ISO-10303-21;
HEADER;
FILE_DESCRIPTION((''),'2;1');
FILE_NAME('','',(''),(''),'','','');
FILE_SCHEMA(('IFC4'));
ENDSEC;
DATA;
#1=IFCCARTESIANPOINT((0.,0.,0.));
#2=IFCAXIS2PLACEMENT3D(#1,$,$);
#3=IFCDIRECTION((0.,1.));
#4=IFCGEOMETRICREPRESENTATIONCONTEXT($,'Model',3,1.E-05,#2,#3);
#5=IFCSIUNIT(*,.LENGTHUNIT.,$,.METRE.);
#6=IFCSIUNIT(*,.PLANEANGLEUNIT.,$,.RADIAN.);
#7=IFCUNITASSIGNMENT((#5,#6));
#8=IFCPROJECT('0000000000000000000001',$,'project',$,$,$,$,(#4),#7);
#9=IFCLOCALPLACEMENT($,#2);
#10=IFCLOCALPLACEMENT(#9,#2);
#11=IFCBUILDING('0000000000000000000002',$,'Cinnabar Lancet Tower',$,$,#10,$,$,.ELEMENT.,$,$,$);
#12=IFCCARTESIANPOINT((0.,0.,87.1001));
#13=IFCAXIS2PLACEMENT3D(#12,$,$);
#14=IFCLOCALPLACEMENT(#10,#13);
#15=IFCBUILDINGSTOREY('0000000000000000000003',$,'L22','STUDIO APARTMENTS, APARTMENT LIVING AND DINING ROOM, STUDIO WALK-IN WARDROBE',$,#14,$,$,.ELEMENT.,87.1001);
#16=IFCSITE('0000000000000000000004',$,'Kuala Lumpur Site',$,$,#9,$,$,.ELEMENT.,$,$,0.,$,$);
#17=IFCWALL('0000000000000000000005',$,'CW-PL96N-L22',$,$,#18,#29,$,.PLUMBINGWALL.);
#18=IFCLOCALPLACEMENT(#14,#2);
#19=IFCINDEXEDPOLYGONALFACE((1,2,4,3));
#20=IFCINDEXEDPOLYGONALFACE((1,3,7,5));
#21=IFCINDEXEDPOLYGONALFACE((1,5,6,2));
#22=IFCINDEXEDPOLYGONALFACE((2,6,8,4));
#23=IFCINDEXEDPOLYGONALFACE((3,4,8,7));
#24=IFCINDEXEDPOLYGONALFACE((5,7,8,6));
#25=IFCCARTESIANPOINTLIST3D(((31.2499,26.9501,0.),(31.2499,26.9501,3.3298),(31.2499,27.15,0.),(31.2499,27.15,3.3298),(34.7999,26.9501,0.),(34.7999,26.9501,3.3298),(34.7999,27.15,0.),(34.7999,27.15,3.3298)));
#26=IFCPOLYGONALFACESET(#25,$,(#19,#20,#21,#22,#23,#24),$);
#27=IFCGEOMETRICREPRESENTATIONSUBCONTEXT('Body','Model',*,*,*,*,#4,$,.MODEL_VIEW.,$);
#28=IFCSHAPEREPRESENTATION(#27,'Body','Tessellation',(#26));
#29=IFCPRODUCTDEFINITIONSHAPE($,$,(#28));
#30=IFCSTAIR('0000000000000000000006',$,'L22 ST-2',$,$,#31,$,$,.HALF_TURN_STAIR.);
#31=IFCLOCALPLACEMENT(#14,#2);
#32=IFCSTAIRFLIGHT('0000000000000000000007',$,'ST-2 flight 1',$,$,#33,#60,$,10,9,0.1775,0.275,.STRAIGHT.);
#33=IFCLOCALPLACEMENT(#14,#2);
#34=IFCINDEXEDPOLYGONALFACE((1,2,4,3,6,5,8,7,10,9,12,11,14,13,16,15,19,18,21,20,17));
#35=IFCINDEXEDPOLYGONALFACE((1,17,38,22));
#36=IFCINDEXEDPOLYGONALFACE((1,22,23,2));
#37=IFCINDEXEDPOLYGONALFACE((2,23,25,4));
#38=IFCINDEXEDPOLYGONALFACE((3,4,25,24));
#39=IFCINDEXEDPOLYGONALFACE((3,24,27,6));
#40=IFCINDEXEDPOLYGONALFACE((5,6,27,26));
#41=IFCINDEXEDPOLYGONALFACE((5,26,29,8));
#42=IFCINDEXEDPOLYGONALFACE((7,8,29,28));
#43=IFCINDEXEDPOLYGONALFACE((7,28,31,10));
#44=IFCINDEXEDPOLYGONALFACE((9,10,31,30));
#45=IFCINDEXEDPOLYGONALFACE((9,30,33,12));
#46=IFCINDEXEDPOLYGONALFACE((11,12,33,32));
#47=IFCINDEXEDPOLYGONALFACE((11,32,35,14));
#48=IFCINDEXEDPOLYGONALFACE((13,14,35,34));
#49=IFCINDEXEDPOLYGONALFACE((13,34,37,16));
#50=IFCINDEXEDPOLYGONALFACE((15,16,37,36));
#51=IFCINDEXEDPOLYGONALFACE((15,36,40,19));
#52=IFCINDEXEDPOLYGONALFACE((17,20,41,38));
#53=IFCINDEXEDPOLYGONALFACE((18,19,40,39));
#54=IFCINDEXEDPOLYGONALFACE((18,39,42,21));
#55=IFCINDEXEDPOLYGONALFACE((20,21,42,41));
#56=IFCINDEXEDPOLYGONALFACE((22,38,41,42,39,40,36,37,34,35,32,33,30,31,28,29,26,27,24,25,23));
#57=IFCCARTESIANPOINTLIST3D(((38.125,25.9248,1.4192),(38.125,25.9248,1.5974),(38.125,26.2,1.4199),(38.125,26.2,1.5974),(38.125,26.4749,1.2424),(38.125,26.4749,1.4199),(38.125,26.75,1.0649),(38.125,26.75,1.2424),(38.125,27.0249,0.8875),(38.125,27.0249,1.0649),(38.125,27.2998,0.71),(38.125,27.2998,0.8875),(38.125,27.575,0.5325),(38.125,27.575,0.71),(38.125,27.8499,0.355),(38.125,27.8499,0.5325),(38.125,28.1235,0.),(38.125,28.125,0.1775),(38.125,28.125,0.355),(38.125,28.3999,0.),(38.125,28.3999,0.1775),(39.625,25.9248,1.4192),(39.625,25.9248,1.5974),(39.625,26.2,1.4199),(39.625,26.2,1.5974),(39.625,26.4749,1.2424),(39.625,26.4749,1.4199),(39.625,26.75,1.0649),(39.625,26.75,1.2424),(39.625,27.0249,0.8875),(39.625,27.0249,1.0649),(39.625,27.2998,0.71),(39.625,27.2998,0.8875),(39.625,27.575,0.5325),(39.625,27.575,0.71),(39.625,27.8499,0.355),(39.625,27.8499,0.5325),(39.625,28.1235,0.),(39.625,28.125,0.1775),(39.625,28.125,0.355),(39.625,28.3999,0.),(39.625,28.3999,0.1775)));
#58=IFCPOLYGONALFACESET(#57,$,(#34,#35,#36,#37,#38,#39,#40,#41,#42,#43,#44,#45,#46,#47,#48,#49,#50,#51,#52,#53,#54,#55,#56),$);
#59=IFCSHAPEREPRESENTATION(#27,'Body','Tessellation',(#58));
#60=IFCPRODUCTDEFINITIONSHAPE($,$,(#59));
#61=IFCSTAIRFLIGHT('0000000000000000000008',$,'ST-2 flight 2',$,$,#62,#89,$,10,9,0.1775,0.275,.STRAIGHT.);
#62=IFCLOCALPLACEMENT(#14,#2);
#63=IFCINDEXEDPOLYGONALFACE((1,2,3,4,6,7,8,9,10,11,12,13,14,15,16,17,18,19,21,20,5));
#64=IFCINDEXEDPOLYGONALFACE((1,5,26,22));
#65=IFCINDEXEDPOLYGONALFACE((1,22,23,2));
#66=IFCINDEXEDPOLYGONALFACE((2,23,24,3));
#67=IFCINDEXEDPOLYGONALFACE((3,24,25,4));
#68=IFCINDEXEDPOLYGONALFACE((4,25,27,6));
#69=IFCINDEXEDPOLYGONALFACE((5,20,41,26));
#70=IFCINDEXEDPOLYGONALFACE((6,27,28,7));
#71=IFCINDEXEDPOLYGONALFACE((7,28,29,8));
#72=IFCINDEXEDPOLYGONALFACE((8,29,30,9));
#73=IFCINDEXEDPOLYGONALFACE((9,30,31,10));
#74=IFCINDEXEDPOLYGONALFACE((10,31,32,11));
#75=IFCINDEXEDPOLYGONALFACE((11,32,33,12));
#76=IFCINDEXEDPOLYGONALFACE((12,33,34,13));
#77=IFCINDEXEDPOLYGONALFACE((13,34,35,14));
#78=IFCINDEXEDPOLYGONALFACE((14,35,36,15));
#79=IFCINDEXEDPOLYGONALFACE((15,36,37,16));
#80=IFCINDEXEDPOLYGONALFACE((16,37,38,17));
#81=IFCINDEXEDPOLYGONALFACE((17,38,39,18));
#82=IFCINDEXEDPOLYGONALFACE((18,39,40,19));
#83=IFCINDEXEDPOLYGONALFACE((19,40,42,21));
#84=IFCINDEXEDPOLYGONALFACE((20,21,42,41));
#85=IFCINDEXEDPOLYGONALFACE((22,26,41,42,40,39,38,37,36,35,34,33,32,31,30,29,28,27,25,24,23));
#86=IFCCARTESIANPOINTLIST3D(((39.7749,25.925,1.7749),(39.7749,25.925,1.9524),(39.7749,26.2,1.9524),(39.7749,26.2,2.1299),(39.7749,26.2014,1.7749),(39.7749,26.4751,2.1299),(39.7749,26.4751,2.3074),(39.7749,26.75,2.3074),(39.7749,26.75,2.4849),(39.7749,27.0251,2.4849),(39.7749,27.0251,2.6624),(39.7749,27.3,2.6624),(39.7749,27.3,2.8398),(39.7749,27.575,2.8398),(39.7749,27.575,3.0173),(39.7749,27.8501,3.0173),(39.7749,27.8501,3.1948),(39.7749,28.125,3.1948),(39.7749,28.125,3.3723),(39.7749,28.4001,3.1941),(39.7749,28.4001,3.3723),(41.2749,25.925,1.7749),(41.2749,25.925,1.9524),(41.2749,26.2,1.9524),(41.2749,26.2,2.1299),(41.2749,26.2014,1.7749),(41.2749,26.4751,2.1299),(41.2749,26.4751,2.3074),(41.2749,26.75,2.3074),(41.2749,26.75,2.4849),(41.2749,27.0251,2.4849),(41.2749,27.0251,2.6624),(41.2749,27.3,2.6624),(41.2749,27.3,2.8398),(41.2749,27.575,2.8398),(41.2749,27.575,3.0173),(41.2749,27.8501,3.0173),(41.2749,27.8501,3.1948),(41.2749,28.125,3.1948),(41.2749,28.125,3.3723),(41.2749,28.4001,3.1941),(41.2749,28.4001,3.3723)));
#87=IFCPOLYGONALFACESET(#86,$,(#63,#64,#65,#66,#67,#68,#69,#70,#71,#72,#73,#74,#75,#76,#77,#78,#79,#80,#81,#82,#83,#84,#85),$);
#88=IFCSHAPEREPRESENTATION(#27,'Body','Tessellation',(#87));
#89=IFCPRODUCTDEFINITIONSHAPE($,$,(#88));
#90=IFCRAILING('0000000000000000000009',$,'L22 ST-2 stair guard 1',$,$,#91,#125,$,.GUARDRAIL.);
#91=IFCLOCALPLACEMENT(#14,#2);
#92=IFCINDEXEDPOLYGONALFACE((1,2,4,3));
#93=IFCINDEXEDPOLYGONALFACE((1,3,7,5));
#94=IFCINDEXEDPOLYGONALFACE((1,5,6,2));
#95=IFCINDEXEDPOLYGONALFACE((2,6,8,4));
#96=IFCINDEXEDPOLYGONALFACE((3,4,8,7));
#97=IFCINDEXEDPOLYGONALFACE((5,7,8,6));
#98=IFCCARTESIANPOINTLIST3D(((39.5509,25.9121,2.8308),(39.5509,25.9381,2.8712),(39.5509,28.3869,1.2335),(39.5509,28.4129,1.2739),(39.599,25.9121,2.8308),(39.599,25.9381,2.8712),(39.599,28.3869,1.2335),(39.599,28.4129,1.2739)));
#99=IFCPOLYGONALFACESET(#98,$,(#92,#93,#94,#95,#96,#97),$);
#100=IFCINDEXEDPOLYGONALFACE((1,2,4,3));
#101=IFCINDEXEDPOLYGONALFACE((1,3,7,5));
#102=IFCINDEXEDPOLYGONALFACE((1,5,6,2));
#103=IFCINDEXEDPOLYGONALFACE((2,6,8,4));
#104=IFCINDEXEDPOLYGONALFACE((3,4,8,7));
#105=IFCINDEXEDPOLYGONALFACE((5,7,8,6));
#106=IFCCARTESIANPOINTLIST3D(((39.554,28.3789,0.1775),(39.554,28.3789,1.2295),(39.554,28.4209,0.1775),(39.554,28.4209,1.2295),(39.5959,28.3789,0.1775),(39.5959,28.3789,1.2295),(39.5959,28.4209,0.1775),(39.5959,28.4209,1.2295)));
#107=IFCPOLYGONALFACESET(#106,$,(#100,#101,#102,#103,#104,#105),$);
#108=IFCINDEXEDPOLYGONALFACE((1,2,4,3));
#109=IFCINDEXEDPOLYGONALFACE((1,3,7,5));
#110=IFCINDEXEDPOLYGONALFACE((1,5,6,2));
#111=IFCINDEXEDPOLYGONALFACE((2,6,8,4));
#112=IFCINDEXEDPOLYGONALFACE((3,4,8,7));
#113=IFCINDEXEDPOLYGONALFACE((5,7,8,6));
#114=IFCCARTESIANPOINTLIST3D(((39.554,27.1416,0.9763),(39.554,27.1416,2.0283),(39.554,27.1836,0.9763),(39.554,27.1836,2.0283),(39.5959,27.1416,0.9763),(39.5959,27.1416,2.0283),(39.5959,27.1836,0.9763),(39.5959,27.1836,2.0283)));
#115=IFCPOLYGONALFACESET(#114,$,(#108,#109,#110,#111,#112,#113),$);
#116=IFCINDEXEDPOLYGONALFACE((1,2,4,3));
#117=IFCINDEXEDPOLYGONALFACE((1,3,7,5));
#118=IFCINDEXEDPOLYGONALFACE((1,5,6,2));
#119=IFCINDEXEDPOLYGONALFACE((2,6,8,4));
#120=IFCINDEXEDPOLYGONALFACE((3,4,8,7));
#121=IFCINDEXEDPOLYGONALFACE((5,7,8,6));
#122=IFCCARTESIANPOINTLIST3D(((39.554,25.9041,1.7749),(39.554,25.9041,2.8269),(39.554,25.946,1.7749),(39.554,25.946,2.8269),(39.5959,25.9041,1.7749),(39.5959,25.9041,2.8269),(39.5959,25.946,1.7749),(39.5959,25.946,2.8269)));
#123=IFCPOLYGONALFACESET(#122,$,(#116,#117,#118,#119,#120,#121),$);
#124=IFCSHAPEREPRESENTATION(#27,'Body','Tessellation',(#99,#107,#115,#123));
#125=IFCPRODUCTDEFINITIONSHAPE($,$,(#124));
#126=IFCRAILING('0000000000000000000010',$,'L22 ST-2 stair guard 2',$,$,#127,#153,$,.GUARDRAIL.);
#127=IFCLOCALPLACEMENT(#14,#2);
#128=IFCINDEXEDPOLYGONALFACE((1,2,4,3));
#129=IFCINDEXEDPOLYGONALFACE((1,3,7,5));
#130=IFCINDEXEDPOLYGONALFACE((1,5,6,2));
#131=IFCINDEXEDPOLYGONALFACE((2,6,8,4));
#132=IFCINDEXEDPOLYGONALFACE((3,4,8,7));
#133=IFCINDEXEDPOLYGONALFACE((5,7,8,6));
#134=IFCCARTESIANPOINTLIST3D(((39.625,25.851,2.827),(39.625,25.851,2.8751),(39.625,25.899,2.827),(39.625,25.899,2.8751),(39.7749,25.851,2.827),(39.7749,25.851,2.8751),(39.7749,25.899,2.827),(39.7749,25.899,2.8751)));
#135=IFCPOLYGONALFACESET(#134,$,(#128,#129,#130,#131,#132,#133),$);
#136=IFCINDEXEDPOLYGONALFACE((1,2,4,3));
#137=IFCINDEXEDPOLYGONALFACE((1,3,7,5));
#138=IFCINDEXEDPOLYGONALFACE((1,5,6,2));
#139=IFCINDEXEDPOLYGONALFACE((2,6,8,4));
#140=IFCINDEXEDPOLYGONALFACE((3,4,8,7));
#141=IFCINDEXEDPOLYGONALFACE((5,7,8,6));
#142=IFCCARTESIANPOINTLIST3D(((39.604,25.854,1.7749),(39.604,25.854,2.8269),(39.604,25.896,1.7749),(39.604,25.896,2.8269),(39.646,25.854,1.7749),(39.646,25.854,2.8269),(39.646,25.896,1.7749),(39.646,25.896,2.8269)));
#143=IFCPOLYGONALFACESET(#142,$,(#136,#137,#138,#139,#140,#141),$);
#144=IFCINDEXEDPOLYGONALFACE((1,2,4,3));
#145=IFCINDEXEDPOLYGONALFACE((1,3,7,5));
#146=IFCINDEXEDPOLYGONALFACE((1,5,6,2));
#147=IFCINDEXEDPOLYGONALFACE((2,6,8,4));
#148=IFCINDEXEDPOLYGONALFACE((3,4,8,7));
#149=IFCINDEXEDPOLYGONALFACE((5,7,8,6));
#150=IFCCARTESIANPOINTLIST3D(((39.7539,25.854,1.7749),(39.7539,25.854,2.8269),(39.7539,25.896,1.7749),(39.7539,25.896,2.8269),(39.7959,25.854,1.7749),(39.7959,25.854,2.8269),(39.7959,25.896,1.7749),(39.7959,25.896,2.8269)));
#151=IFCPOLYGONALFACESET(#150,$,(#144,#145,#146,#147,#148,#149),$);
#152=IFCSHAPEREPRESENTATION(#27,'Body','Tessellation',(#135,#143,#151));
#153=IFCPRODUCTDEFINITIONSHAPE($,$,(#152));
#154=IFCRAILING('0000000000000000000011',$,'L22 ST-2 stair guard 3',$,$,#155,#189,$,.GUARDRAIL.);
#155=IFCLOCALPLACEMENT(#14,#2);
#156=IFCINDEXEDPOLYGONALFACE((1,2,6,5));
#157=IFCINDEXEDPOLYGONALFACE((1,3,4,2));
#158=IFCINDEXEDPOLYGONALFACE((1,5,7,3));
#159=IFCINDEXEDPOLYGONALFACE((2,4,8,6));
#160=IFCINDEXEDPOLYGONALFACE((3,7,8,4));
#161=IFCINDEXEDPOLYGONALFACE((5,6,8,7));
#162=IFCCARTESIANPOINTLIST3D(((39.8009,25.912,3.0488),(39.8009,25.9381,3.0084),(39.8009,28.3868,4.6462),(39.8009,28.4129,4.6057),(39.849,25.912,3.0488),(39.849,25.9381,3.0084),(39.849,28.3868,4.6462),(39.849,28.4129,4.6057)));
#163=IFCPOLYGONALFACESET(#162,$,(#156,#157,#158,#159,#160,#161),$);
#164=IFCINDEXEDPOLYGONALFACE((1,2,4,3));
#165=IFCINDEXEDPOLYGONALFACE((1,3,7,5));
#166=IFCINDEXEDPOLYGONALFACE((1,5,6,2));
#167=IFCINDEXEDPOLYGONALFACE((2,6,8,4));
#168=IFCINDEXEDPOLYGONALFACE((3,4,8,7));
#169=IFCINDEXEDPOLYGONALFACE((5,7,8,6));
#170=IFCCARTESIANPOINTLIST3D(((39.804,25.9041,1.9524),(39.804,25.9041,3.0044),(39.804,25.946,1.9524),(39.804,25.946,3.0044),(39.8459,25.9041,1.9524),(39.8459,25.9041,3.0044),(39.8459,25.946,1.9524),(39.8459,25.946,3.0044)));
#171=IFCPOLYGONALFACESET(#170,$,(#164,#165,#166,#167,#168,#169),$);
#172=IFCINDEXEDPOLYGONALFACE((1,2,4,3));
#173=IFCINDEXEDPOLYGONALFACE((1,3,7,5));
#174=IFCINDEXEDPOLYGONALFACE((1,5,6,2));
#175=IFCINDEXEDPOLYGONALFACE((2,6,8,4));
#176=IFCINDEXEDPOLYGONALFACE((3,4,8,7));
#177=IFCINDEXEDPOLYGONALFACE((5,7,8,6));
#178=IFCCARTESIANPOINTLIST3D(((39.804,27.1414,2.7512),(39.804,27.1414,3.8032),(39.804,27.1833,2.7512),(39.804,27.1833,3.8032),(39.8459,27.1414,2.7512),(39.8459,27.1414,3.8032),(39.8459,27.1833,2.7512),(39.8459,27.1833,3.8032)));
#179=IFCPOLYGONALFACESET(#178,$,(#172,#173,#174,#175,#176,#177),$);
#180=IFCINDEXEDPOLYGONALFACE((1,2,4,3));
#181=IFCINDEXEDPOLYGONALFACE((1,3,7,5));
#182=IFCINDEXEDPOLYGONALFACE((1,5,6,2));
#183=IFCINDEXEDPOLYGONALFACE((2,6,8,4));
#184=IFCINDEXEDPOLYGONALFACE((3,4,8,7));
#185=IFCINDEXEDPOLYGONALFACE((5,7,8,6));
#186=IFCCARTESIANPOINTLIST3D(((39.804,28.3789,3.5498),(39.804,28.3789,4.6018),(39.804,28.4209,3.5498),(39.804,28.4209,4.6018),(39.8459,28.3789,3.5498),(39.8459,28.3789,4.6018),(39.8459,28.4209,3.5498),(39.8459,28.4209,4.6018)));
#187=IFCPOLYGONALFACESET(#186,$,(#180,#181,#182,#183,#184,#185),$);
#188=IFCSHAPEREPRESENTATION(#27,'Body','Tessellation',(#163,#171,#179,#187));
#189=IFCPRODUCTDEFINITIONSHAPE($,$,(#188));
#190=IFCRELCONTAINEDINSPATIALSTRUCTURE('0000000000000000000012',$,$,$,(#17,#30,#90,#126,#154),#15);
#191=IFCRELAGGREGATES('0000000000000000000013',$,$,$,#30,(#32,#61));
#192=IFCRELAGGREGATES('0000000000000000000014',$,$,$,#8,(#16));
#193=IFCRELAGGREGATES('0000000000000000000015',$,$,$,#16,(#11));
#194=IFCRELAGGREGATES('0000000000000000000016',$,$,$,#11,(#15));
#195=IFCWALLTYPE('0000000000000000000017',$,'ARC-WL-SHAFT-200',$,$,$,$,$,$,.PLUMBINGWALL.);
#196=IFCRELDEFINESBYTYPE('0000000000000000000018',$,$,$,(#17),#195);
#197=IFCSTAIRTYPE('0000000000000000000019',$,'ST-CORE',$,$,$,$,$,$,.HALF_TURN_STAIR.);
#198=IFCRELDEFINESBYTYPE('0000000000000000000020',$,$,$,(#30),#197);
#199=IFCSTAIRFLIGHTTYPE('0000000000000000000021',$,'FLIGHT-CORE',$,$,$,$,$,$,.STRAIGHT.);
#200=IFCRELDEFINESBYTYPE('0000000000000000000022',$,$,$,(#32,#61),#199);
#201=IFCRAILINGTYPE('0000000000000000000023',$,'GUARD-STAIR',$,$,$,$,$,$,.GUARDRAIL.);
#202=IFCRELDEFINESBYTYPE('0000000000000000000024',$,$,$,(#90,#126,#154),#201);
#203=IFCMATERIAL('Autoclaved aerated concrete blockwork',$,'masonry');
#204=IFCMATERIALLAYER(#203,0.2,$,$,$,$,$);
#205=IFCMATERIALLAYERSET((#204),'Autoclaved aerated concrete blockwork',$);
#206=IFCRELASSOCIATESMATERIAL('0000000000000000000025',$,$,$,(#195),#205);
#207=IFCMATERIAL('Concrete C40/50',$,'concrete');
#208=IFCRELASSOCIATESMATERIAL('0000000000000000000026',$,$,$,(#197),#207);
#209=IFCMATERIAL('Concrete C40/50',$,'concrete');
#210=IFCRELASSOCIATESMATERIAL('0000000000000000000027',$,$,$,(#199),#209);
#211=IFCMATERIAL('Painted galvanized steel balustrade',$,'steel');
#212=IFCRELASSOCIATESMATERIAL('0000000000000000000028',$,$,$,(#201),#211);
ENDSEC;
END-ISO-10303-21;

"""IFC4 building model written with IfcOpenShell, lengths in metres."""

from ifc_helpers import new_model, si_unit, direction, frame, frame_2d, origin, origin_2d, place, context, subcontext, project, spatial, polyline, rectangle, outline, extrude, material, layer, layer_set, type_object, element, aggregate, save


model = new_model("IFC4")

# Units and contexts
model_context = context("Model", 3, precision=1e-05, world=origin(), true_north=direction((0.0, 1.0)))
body_context = subcontext(model_context, "Body", "Model", "MODEL_VIEW")
ifc_project = project(units=[si_unit("LENGTHUNIT", "METRE"), si_unit("PLANEANGLEUNIT", "RADIAN")], contexts=[model_context])

# Site, building, storey
site_placement = place(None, origin())
site = spatial("IfcSite", under=ifc_project, at=site_placement, Name="Kuala Lumpur Site", CompositionType="ELEMENT", RefElevation=0.0)
building_placement = place(site_placement, origin())
building = spatial("IfcBuilding", under=site, at=building_placement, Name="Cinnabar Lancet Tower", CompositionType="ELEMENT")
storey_placement = place(building_placement, frame((0.0, 0.0, 87.1001)))
storey = spatial("IfcBuildingStorey", under=building, at=storey_placement, Name="L22", Description="STUDIO APARTMENTS, APARTMENT LIVING AND DINING ROOM, STUDIO WALK-IN WARDROBE", CompositionType="ELEMENT", Elevation=87.1001)

# Shared definitions
ifc_material_1 = material(Name="Autoclaved aerated concrete blockwork", Category="masonry")
ifc_layer = layer(ifc_material_1, 0.2)
ifc_layer_set = layer_set([ifc_layer], Name="Autoclaved aerated concrete blockwork")
wall_type = type_object("IfcWallType", Name="ARC-WL-SHAFT-200", PredefinedType="PLUMBINGWALL", material=ifc_layer_set)

# Wall
wall_1_placement = place(storey_placement, frame((31.25, 27.05, 0.0), z_axis=(0.0, 0.0, 1.0), x_axis=(1.0, 0.0, 0.0)))
element("IfcWall", 1, at=wall_1_placement, inside=storey, type_object=wall_type, Name="CW-PL96N-L22", PredefinedType="PLUMBINGWALL", context=body_context, shape_type="SweptSolid", body=[
    extrude(rectangle(XDim=3.55, YDim=0.2, at=frame_2d((1.7749, 0.0))), origin(), (0.0, 0.0, 1.0), 3.3298),
])

# Stair, stair flights
ifc_material_2 = material(Name="Concrete C40/50", Category="concrete")
stair_type = type_object("IfcStairType", Name="ST-CORE", PredefinedType="HALF_TURN_STAIR", material=ifc_material_2)
stair_placement = place(storey_placement, origin())
stair = element("IfcStair", 2, at=stair_placement, inside=storey, type_object=stair_type, Name="L22 ST-2", PredefinedType="HALF_TURN_STAIR")
ifc_material_3 = material(Name="Concrete C40/50", Category="concrete")
stair_flight_type = type_object("IfcStairFlightType", Name="FLIGHT-CORE", PredefinedType="STRAIGHT", material=ifc_material_3)
stair_flight_1_placement = place(storey_placement, frame((38.875, 28.3999, 0.0), z_axis=(0.0, 0.0, 1.0), x_axis=(0.0, -1.0, 0.0)))
stair_flight_1 = element("IfcStairFlight", 3, at=stair_flight_1_placement, type_object=stair_flight_type, Name="ST-2 flight 1", NumberOfRisers=10, NumberOfTreads=9, PredefinedType="STRAIGHT", RiserHeight=0.1775, TreadLength=0.275, context=body_context, shape_type="SweptSolid", body=[
    extrude(outline(polyline([(0.0, 0.0), (0.0, 0.1775), (0.2749, 0.1775), (0.2749, 0.355), (0.55, 0.355), (0.55, 0.5325), (0.825, 0.5325), (0.825, 0.71), (1.1001, 0.71), (1.1001, 0.8875), (1.375, 0.8875), (1.375, 1.0649), (1.6499, 1.0649), (1.6499, 1.2424), (1.925, 1.2424), (1.925, 1.4199), (2.2, 1.4199), (2.2, 1.5974), (2.4751, 1.5974), (2.4751, 1.7749), (2.4751, 1.4192), (0.2764, 0.0), (0.0, 0.0)])), frame((0.0, 0.75, 0.0), z_axis=(0.0, -1.0, 0.0), x_axis=(1.0, 0.0, 0.0)), (0.0, 0.0, 1.0), 1.5),
])
stair_flight_2_placement = place(storey_placement, frame((40.5249, 25.925, 1.7749), z_axis=(0.0, 0.0, 1.0), x_axis=(0.0, 1.0, 0.0)))
stair_flight_2 = element("IfcStairFlight", 4, at=stair_flight_2_placement, type_object=stair_flight_type, Name="ST-2 flight 2", NumberOfRisers=10, NumberOfTreads=9, PredefinedType="STRAIGHT", RiserHeight=0.1775, TreadLength=0.275, context=body_context, shape_type="SweptSolid", body=[
    extrude(outline(polyline([(0.0, 0.0), (0.0, 0.1775), (0.2749, 0.1775), (0.2749, 0.355), (0.55, 0.355), (0.55, 0.5325), (0.825, 0.5325), (0.825, 0.71), (1.1001, 0.71), (1.1001, 0.8875), (1.375, 0.8875), (1.375, 1.0649), (1.6499, 1.0649), (1.6499, 1.2424), (1.925, 1.2424), (1.925, 1.4199), (2.2, 1.4199), (2.2, 1.5974), (2.4751, 1.5974), (2.4751, 1.7749), (2.4751, 1.4192), (0.2764, 0.0), (0.0, 0.0)])), frame((0.0, 0.75, 0.0), z_axis=(0.0, -1.0, 0.0), x_axis=(1.0, 0.0, 0.0)), (0.0, 0.0, 1.0), 1.5),
])
aggregate(stair, [stair_flight_1, stair_flight_2])

# Railings
ifc_material_4 = material(Name="Painted galvanized steel balustrade", Category="steel")
railing_type_1 = type_object("IfcRailingType", Name="GUARD-STAIR", PredefinedType="GUARDRAIL", material=ifc_material_4)
railing_1_placement = place(storey_placement, frame((39.575, 28.3999, 0.1775)))
element("IfcRailing", 5, at=railing_1_placement, inside=storey, type_object=railing_type_1, Name="L22 ST-2 stair guard 1", PredefinedType="GUARDRAIL", context=body_context, shape_type="SweptSolid", body=[
    extrude(rectangle(XDim=0.0481, YDim=0.0481, at=origin_2d()), frame((0.0, 0.0, 1.0762), z_axis=(0.0, -0.840183, 0.542302), x_axis=(1.0, 0.0, 0.0)), (0.0, 0.0, 1.0), 2.9456),
    extrude(rectangle(XDim=0.042, YDim=0.042, at=origin_2d()), origin(), (0.0, 0.0, 1.0), 1.052),
    extrude(rectangle(XDim=0.042, YDim=0.042, at=origin_2d()), frame((0.0, -1.2373, 0.7988)), (0.0, 0.0, 1.0), 1.052),
    extrude(rectangle(XDim=0.042, YDim=0.042, at=origin_2d()), frame((0.0, -2.4749, 1.5974)), (0.0, 0.0, 1.0), 1.052),
])
railing_2_placement = place(storey_placement, frame((39.625, 25.875, 1.7749)))
element("IfcRailing", 6, at=railing_2_placement, inside=storey, type_object=railing_type_1, Name="L22 ST-2 stair guard 2", PredefinedType="GUARDRAIL", context=body_context, shape_type="SweptSolid", body=[
    extrude(rectangle(XDim=0.0481, YDim=0.0481, at=origin_2d()), frame((0.0, 0.0, 1.0762), z_axis=(1.0, 0.0, 0.0), x_axis=(0.0, 1.0, 0.0)), (0.0, 0.0, 1.0), 0.1499),
    extrude(rectangle(XDim=0.042, YDim=0.042, at=origin_2d()), origin(), (0.0, 0.0, 1.0), 1.052),
    extrude(rectangle(XDim=0.042, YDim=0.042, at=origin_2d()), frame((0.1499, 0.0, 0.0)), (0.0, 0.0, 1.0), 1.052),
])
railing_3_placement = place(storey_placement, frame((39.825, 25.925, 1.9524)))
element("IfcRailing", 7, at=railing_3_placement, inside=storey, type_object=railing_type_1, Name="L22 ST-2 stair guard 3", PredefinedType="GUARDRAIL", context=body_context, shape_type="SweptSolid", body=[
    extrude(rectangle(XDim=0.0481, YDim=0.0481, at=origin_2d()), frame((0.0, 0.0, 1.0762), z_axis=(0.0, 0.840183, 0.542302), x_axis=(-1.0, 0.0, 0.0)), (0.0, 0.0, 1.0), 2.9456),
    extrude(rectangle(XDim=0.042, YDim=0.042, at=origin_2d()), origin(), (0.0, 0.0, 1.0), 1.052),
    extrude(rectangle(XDim=0.042, YDim=0.042, at=origin_2d()), frame((0.0, 1.2373, 0.7988)), (0.0, 0.0, 1.0), 1.052),
    extrude(rectangle(XDim=0.042, YDim=0.042, at=origin_2d()), frame((0.0, 2.4749, 1.5974)), (0.0, 0.0, 1.0), 1.052),
])

save(model, "model.ifc")
